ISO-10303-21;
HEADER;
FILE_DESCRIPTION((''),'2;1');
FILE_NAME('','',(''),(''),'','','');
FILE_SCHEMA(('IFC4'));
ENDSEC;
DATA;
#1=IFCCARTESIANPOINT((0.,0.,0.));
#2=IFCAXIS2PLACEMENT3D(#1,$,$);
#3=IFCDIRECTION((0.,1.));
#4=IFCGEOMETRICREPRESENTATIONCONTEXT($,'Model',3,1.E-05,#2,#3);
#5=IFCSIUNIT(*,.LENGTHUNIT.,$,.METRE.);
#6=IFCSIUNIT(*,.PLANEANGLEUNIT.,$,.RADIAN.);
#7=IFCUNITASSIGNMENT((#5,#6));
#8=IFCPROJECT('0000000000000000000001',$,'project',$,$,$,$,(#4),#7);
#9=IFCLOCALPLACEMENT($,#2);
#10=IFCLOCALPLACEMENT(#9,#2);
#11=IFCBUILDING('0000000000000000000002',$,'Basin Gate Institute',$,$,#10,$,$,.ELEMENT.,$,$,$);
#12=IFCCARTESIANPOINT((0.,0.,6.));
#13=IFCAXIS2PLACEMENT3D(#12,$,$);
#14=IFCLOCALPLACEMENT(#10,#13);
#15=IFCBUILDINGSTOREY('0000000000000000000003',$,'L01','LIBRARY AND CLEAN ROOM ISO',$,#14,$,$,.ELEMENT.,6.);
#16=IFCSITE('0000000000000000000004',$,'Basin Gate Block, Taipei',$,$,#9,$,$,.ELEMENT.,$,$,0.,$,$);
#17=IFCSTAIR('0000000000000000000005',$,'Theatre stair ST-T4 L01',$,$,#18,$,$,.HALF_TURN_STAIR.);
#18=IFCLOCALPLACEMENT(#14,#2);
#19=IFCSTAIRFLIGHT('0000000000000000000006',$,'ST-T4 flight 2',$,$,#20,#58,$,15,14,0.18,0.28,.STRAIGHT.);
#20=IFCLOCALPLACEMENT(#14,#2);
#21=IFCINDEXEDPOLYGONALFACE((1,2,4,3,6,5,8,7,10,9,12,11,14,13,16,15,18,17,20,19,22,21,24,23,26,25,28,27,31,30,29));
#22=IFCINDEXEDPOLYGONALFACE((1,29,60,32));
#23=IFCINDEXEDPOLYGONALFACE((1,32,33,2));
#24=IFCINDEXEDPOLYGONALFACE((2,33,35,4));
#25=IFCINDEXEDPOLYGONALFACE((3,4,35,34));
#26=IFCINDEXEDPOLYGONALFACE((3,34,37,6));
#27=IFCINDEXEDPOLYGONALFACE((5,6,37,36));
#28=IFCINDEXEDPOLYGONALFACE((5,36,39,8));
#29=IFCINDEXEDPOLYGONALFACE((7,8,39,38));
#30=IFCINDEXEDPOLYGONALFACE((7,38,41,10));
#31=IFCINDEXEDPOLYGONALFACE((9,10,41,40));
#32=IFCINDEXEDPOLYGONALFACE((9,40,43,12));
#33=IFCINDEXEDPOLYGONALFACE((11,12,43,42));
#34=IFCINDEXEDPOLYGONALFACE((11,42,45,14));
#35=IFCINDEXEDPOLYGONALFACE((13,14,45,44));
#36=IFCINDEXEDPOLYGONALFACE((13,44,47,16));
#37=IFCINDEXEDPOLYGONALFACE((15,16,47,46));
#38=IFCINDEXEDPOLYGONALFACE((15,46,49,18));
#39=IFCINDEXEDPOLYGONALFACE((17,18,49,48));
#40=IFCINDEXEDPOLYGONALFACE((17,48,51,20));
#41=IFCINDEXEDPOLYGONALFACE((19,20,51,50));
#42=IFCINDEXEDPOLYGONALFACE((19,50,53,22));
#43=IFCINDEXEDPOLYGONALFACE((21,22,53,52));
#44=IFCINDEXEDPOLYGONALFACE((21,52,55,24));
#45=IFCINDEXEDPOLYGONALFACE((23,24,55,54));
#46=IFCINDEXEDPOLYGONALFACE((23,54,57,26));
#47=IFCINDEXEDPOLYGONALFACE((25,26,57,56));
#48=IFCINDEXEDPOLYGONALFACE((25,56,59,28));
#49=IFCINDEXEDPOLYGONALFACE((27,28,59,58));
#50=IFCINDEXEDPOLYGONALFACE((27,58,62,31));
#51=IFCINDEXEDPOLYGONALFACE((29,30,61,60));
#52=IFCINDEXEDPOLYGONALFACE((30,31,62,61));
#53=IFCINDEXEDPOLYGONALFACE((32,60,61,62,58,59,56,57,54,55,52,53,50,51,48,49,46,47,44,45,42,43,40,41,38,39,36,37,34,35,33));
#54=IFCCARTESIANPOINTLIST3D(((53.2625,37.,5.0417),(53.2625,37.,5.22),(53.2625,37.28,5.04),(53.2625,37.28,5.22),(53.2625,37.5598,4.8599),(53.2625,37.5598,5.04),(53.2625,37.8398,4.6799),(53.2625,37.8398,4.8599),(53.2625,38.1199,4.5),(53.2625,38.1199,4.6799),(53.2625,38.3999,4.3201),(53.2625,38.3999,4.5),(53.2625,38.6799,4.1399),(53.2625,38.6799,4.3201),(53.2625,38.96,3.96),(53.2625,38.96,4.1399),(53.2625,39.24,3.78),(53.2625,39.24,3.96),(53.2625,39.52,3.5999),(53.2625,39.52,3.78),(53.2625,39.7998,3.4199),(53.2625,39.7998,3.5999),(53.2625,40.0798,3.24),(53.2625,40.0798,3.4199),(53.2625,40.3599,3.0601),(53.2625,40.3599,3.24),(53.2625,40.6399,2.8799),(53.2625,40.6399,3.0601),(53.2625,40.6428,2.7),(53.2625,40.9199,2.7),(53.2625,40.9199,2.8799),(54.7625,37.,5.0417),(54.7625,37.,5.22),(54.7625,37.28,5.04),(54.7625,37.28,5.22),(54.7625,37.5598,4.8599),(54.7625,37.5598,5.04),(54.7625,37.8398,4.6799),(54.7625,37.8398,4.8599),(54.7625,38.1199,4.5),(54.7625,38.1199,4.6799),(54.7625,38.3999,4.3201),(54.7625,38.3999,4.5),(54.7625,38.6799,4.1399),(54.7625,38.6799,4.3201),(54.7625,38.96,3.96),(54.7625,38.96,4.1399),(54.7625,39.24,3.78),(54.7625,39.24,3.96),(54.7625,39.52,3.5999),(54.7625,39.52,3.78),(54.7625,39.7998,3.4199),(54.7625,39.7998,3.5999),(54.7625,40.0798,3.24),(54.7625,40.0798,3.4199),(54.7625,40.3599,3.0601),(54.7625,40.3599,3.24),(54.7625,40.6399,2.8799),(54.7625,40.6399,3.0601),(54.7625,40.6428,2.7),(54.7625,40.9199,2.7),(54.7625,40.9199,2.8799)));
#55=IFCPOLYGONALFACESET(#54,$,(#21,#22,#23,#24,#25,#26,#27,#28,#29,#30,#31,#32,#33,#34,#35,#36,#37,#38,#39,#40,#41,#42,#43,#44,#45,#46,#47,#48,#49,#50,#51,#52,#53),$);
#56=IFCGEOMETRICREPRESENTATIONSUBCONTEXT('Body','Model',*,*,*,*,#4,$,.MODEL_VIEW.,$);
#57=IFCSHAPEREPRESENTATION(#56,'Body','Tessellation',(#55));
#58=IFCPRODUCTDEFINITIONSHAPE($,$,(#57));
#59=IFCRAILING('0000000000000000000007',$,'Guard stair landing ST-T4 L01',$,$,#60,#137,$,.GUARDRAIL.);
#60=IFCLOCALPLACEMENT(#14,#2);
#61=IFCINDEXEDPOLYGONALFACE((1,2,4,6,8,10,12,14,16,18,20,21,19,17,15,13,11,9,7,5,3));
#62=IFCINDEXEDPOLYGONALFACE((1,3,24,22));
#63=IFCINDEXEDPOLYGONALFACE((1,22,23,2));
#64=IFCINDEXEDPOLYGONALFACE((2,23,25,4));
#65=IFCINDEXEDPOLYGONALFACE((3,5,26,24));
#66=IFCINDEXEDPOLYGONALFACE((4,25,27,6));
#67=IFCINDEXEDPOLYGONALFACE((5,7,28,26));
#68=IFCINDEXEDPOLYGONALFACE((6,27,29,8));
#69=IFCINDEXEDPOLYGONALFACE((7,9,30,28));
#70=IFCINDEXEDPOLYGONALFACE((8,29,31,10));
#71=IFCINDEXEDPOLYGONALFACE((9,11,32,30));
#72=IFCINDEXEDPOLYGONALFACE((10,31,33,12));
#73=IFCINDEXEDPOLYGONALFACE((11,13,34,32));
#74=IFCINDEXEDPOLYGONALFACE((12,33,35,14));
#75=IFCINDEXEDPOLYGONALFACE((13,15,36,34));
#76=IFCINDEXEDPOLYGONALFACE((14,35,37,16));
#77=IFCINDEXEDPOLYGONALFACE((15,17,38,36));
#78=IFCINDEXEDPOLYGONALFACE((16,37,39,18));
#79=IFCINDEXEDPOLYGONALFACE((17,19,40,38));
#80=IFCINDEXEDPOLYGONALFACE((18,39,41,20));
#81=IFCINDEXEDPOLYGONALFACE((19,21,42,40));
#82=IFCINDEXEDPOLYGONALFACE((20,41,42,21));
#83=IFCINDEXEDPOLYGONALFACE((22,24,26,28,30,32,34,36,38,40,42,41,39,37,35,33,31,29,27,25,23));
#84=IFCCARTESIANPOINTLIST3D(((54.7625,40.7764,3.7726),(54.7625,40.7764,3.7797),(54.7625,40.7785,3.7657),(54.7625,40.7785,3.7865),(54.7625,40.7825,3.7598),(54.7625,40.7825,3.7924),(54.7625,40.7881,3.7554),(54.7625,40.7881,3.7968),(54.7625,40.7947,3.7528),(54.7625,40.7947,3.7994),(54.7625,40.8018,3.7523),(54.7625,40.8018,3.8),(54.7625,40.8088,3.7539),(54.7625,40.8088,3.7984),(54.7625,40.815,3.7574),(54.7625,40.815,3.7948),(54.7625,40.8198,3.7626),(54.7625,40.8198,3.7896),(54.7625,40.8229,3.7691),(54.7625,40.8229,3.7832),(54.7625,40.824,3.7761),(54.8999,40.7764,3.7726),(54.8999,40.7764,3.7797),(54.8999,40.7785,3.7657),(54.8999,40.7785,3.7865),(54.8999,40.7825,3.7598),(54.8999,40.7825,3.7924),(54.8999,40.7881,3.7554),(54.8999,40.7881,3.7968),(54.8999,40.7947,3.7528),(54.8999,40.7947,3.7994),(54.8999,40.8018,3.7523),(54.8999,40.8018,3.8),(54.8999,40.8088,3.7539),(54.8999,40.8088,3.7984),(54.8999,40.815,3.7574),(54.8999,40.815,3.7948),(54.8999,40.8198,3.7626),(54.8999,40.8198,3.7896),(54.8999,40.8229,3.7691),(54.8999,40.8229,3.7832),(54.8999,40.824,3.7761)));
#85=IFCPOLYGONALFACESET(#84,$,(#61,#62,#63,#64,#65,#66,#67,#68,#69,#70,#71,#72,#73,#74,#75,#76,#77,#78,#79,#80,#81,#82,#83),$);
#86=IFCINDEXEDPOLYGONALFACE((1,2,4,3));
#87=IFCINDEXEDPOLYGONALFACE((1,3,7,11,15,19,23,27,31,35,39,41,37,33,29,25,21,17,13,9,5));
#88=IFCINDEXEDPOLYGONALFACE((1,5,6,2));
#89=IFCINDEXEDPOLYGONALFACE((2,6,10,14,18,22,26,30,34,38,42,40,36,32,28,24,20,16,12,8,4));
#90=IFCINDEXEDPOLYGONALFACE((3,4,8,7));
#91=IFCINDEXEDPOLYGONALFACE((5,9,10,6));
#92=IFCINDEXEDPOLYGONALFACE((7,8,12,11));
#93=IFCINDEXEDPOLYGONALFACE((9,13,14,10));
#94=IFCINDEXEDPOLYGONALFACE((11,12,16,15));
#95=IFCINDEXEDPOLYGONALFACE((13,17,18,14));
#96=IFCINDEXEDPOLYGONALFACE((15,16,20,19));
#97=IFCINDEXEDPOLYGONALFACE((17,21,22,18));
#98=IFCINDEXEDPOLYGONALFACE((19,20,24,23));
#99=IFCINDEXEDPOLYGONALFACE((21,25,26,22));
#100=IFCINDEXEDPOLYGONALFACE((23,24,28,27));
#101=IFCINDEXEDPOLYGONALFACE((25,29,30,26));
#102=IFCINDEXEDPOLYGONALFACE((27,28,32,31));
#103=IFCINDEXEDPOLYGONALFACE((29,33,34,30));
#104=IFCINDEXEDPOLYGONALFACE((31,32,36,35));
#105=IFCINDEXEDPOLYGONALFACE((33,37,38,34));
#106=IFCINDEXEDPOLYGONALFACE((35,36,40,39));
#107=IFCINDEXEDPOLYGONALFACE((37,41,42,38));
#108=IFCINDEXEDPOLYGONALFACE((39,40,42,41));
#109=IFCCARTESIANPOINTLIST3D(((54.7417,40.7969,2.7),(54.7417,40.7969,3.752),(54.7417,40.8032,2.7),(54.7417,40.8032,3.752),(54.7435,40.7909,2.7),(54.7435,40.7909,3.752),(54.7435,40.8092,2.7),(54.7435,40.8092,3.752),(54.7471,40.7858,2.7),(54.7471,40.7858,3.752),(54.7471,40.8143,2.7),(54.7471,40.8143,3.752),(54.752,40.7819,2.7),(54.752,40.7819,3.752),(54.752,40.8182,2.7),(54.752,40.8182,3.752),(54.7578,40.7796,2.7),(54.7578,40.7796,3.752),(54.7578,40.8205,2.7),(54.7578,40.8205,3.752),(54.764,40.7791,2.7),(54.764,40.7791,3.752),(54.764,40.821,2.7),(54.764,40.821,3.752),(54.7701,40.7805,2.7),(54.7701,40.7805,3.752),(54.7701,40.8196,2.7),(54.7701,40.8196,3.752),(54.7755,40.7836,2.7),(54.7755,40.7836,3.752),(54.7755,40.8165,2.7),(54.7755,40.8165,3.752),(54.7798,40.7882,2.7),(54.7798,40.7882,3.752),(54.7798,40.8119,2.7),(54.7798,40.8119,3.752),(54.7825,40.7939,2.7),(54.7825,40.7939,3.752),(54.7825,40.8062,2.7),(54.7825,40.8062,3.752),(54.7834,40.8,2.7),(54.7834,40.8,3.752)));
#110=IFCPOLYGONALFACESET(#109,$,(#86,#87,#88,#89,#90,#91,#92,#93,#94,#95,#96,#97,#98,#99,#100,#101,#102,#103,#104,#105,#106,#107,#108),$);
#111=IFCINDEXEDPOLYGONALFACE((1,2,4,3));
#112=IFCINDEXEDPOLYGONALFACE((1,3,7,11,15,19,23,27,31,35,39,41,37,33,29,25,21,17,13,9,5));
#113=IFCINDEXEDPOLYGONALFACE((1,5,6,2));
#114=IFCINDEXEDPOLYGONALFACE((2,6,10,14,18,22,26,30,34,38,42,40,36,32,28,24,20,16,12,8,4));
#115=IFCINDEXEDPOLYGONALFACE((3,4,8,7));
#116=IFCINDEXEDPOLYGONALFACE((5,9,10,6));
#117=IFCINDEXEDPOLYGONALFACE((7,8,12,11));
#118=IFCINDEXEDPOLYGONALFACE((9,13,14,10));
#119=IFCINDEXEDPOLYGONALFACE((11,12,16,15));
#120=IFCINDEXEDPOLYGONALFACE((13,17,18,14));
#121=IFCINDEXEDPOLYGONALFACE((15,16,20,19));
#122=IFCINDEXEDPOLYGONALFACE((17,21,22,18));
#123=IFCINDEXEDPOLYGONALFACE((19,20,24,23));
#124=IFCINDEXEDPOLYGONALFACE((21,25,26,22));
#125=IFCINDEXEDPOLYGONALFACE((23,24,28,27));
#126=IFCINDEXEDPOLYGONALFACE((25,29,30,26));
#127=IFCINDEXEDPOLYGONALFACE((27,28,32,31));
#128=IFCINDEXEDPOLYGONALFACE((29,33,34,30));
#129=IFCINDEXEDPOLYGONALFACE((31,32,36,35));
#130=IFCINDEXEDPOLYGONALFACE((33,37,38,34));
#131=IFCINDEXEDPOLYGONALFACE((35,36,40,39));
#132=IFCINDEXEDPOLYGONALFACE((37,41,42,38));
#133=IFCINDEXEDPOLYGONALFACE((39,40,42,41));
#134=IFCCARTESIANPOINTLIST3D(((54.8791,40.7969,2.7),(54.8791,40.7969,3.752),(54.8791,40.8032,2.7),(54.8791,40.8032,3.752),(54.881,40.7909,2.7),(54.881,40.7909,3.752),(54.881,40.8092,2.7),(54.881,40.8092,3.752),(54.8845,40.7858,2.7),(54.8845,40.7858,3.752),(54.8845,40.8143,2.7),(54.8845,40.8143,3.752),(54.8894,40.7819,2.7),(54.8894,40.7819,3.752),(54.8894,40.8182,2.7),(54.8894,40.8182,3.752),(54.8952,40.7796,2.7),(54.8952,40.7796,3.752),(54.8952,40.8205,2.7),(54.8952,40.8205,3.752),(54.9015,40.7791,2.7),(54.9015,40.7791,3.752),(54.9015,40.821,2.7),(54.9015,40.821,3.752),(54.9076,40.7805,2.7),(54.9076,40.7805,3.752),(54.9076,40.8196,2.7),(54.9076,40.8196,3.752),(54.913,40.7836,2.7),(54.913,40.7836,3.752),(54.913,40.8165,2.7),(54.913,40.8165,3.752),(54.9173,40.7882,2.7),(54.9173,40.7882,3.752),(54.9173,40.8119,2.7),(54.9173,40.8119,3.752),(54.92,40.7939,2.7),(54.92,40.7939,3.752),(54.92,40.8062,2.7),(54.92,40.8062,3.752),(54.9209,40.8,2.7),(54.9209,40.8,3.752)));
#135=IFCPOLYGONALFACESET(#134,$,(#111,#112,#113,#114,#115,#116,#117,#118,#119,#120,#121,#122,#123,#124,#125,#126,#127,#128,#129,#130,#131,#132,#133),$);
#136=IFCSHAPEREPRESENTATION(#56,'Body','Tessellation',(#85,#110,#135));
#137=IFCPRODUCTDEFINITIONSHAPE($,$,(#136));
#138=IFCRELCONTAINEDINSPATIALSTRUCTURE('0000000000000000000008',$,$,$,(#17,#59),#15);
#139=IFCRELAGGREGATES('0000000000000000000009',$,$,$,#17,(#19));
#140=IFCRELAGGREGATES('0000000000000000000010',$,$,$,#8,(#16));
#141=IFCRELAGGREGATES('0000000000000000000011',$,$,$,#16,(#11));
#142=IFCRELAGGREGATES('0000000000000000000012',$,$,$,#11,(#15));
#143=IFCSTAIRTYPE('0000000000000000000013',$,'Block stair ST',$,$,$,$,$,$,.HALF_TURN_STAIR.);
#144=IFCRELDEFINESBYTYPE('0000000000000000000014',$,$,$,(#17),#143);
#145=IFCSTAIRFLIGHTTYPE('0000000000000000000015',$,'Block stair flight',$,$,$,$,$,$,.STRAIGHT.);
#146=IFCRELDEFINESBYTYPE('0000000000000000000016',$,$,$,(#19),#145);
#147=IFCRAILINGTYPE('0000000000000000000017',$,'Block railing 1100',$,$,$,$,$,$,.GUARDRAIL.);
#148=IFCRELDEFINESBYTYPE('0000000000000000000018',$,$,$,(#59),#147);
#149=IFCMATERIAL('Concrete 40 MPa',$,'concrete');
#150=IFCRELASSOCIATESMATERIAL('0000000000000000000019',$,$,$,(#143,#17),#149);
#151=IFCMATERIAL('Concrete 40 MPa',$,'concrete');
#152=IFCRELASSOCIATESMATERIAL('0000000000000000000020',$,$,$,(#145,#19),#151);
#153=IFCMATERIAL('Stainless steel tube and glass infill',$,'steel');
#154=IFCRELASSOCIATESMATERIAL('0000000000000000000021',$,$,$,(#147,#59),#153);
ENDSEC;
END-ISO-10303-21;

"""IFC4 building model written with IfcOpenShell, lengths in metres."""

from ifc_helpers import new_model, si_unit, direction, frame, origin, origin_2d, place, context, subcontext, project, spatial, polyline, circle, outline, extrude, material, type_object, element, aggregate, save


model = new_model("IFC4")

# Units and contexts
model_context = context("Model", 3, precision=1e-05, world=origin(), true_north=direction((0.0, 1.0)))
body_context = subcontext(model_context, "Body", "Model", "MODEL_VIEW")
ifc_project = project(units=[si_unit("LENGTHUNIT", "METRE"), si_unit("PLANEANGLEUNIT", "RADIAN")], contexts=[model_context])

# Site, building, storey
site_placement = place(None, origin())
site = spatial("IfcSite", under=ifc_project, at=site_placement, Name="Basin Gate Block, Taipei", CompositionType="ELEMENT", RefElevation=0.0)
building_placement = place(site_placement, origin())
building = spatial("IfcBuilding", under=site, at=building_placement, Name="Basin Gate Institute", CompositionType="ELEMENT")
storey_placement = place(building_placement, frame((0.0, 0.0, 6.0)))
storey = spatial("IfcBuildingStorey", under=building, at=storey_placement, Name="L01", Description="LIBRARY AND CLEAN ROOM ISO", CompositionType="ELEMENT", Elevation=6.0)

# Stair, stair flight
ifc_material_1 = material(Name="Concrete 40 MPa", Category="concrete")
stair_type = type_object("IfcStairType", Name="Block stair ST", PredefinedType="HALF_TURN_STAIR", material=ifc_material_1)
stair_placement = place(storey_placement, origin())
stair = element("IfcStair", 1, at=stair_placement, inside=storey, type_object=stair_type, material=ifc_material_1, Name="Theatre stair ST-T4 L01", PredefinedType="HALF_TURN_STAIR")
ifc_material_2 = material(Name="Concrete 40 MPa", Category="concrete")
stair_flight_type = type_object("IfcStairFlightType", Name="Block stair flight", PredefinedType="STRAIGHT", material=ifc_material_2)
stair_flight_placement = place(storey_placement, frame((54.0125, 40.9199, 2.7), z_axis=(0.0, 0.0, 1.0), x_axis=(0.0, -1.0, 0.0)))
stair_flight = element("IfcStairFlight", 2, at=stair_flight_placement, type_object=stair_flight_type, material=ifc_material_2, Name="ST-T4 flight 2", NumberOfRisers=15, NumberOfTreads=14, PredefinedType="STRAIGHT", RiserHeight=0.18, TreadLength=0.28, context=body_context, shape_type="SweptSolid", body=[
    extrude(outline(polyline([(0.0, 0.0), (0.0, 0.1799), (0.28, 0.1799), (0.28, 0.3601), (0.5601, 0.3601), (0.5601, 0.54), (0.8401, 0.54), (0.8401, 0.72), (1.1201, 0.72), (1.1201, 0.8999), (1.3999, 0.8999), (1.3999, 1.0801), (1.6799, 1.0801), (1.6799, 1.26), (1.96, 1.26), (1.96, 1.4399), (2.24, 1.4399), (2.24, 1.6201), (2.52, 1.6201), (2.52, 1.8), (2.8, 1.8), (2.8, 1.98), (3.0801, 1.98), (3.0801, 2.1599), (3.3601, 2.1599), (3.3601, 2.3401), (3.6399, 2.3401), (3.6399, 2.52), (3.9199, 2.52), (3.9199, 2.7), (3.9199, 2.3418), (0.2771, 0.0), (0.0, 0.0)])), frame((0.0, 0.75, 0.0), z_axis=(0.0, -1.0, 0.0), x_axis=(1.0, 0.0, 0.0)), (0.0, 0.0, 1.0), 1.5),
])
aggregate(stair, [stair_flight])

# Railing
ifc_material_3 = material(Name="Stainless steel tube and glass infill", Category="steel")
railing_type_1 = type_object("IfcRailingType", Name="Block railing 1100", PredefinedType="GUARDRAIL", material=ifc_material_3)
railing_placement = place(storey_placement, frame((54.7625, 40.8, 2.7)))
element("IfcRailing", 3, at=railing_placement, inside=storey, type_object=railing_type_1, material=ifc_material_3, Name="Guard stair landing ST-T4 L01", PredefinedType="GUARDRAIL", context=body_context, shape_type="SweptSolid", body=[
    extrude(circle(Radius=0.0239, at=origin_2d()), frame((0.0, 0.0, 1.0762), z_axis=(1.0, 0.0, 0.0), x_axis=(0.0, 1.0, 0.0)), (0.0, 0.0, 1.0), 0.1375),
    extrude(circle(Radius=0.021, at=origin_2d()), origin(), (0.0, 0.0, 1.0), 1.052),
    extrude(circle(Radius=0.021, at=origin_2d()), frame((0.1375, 0.0, 0.0)), (0.0, 0.0, 1.0), 1.052),
])

save(model, "model.ifc")
